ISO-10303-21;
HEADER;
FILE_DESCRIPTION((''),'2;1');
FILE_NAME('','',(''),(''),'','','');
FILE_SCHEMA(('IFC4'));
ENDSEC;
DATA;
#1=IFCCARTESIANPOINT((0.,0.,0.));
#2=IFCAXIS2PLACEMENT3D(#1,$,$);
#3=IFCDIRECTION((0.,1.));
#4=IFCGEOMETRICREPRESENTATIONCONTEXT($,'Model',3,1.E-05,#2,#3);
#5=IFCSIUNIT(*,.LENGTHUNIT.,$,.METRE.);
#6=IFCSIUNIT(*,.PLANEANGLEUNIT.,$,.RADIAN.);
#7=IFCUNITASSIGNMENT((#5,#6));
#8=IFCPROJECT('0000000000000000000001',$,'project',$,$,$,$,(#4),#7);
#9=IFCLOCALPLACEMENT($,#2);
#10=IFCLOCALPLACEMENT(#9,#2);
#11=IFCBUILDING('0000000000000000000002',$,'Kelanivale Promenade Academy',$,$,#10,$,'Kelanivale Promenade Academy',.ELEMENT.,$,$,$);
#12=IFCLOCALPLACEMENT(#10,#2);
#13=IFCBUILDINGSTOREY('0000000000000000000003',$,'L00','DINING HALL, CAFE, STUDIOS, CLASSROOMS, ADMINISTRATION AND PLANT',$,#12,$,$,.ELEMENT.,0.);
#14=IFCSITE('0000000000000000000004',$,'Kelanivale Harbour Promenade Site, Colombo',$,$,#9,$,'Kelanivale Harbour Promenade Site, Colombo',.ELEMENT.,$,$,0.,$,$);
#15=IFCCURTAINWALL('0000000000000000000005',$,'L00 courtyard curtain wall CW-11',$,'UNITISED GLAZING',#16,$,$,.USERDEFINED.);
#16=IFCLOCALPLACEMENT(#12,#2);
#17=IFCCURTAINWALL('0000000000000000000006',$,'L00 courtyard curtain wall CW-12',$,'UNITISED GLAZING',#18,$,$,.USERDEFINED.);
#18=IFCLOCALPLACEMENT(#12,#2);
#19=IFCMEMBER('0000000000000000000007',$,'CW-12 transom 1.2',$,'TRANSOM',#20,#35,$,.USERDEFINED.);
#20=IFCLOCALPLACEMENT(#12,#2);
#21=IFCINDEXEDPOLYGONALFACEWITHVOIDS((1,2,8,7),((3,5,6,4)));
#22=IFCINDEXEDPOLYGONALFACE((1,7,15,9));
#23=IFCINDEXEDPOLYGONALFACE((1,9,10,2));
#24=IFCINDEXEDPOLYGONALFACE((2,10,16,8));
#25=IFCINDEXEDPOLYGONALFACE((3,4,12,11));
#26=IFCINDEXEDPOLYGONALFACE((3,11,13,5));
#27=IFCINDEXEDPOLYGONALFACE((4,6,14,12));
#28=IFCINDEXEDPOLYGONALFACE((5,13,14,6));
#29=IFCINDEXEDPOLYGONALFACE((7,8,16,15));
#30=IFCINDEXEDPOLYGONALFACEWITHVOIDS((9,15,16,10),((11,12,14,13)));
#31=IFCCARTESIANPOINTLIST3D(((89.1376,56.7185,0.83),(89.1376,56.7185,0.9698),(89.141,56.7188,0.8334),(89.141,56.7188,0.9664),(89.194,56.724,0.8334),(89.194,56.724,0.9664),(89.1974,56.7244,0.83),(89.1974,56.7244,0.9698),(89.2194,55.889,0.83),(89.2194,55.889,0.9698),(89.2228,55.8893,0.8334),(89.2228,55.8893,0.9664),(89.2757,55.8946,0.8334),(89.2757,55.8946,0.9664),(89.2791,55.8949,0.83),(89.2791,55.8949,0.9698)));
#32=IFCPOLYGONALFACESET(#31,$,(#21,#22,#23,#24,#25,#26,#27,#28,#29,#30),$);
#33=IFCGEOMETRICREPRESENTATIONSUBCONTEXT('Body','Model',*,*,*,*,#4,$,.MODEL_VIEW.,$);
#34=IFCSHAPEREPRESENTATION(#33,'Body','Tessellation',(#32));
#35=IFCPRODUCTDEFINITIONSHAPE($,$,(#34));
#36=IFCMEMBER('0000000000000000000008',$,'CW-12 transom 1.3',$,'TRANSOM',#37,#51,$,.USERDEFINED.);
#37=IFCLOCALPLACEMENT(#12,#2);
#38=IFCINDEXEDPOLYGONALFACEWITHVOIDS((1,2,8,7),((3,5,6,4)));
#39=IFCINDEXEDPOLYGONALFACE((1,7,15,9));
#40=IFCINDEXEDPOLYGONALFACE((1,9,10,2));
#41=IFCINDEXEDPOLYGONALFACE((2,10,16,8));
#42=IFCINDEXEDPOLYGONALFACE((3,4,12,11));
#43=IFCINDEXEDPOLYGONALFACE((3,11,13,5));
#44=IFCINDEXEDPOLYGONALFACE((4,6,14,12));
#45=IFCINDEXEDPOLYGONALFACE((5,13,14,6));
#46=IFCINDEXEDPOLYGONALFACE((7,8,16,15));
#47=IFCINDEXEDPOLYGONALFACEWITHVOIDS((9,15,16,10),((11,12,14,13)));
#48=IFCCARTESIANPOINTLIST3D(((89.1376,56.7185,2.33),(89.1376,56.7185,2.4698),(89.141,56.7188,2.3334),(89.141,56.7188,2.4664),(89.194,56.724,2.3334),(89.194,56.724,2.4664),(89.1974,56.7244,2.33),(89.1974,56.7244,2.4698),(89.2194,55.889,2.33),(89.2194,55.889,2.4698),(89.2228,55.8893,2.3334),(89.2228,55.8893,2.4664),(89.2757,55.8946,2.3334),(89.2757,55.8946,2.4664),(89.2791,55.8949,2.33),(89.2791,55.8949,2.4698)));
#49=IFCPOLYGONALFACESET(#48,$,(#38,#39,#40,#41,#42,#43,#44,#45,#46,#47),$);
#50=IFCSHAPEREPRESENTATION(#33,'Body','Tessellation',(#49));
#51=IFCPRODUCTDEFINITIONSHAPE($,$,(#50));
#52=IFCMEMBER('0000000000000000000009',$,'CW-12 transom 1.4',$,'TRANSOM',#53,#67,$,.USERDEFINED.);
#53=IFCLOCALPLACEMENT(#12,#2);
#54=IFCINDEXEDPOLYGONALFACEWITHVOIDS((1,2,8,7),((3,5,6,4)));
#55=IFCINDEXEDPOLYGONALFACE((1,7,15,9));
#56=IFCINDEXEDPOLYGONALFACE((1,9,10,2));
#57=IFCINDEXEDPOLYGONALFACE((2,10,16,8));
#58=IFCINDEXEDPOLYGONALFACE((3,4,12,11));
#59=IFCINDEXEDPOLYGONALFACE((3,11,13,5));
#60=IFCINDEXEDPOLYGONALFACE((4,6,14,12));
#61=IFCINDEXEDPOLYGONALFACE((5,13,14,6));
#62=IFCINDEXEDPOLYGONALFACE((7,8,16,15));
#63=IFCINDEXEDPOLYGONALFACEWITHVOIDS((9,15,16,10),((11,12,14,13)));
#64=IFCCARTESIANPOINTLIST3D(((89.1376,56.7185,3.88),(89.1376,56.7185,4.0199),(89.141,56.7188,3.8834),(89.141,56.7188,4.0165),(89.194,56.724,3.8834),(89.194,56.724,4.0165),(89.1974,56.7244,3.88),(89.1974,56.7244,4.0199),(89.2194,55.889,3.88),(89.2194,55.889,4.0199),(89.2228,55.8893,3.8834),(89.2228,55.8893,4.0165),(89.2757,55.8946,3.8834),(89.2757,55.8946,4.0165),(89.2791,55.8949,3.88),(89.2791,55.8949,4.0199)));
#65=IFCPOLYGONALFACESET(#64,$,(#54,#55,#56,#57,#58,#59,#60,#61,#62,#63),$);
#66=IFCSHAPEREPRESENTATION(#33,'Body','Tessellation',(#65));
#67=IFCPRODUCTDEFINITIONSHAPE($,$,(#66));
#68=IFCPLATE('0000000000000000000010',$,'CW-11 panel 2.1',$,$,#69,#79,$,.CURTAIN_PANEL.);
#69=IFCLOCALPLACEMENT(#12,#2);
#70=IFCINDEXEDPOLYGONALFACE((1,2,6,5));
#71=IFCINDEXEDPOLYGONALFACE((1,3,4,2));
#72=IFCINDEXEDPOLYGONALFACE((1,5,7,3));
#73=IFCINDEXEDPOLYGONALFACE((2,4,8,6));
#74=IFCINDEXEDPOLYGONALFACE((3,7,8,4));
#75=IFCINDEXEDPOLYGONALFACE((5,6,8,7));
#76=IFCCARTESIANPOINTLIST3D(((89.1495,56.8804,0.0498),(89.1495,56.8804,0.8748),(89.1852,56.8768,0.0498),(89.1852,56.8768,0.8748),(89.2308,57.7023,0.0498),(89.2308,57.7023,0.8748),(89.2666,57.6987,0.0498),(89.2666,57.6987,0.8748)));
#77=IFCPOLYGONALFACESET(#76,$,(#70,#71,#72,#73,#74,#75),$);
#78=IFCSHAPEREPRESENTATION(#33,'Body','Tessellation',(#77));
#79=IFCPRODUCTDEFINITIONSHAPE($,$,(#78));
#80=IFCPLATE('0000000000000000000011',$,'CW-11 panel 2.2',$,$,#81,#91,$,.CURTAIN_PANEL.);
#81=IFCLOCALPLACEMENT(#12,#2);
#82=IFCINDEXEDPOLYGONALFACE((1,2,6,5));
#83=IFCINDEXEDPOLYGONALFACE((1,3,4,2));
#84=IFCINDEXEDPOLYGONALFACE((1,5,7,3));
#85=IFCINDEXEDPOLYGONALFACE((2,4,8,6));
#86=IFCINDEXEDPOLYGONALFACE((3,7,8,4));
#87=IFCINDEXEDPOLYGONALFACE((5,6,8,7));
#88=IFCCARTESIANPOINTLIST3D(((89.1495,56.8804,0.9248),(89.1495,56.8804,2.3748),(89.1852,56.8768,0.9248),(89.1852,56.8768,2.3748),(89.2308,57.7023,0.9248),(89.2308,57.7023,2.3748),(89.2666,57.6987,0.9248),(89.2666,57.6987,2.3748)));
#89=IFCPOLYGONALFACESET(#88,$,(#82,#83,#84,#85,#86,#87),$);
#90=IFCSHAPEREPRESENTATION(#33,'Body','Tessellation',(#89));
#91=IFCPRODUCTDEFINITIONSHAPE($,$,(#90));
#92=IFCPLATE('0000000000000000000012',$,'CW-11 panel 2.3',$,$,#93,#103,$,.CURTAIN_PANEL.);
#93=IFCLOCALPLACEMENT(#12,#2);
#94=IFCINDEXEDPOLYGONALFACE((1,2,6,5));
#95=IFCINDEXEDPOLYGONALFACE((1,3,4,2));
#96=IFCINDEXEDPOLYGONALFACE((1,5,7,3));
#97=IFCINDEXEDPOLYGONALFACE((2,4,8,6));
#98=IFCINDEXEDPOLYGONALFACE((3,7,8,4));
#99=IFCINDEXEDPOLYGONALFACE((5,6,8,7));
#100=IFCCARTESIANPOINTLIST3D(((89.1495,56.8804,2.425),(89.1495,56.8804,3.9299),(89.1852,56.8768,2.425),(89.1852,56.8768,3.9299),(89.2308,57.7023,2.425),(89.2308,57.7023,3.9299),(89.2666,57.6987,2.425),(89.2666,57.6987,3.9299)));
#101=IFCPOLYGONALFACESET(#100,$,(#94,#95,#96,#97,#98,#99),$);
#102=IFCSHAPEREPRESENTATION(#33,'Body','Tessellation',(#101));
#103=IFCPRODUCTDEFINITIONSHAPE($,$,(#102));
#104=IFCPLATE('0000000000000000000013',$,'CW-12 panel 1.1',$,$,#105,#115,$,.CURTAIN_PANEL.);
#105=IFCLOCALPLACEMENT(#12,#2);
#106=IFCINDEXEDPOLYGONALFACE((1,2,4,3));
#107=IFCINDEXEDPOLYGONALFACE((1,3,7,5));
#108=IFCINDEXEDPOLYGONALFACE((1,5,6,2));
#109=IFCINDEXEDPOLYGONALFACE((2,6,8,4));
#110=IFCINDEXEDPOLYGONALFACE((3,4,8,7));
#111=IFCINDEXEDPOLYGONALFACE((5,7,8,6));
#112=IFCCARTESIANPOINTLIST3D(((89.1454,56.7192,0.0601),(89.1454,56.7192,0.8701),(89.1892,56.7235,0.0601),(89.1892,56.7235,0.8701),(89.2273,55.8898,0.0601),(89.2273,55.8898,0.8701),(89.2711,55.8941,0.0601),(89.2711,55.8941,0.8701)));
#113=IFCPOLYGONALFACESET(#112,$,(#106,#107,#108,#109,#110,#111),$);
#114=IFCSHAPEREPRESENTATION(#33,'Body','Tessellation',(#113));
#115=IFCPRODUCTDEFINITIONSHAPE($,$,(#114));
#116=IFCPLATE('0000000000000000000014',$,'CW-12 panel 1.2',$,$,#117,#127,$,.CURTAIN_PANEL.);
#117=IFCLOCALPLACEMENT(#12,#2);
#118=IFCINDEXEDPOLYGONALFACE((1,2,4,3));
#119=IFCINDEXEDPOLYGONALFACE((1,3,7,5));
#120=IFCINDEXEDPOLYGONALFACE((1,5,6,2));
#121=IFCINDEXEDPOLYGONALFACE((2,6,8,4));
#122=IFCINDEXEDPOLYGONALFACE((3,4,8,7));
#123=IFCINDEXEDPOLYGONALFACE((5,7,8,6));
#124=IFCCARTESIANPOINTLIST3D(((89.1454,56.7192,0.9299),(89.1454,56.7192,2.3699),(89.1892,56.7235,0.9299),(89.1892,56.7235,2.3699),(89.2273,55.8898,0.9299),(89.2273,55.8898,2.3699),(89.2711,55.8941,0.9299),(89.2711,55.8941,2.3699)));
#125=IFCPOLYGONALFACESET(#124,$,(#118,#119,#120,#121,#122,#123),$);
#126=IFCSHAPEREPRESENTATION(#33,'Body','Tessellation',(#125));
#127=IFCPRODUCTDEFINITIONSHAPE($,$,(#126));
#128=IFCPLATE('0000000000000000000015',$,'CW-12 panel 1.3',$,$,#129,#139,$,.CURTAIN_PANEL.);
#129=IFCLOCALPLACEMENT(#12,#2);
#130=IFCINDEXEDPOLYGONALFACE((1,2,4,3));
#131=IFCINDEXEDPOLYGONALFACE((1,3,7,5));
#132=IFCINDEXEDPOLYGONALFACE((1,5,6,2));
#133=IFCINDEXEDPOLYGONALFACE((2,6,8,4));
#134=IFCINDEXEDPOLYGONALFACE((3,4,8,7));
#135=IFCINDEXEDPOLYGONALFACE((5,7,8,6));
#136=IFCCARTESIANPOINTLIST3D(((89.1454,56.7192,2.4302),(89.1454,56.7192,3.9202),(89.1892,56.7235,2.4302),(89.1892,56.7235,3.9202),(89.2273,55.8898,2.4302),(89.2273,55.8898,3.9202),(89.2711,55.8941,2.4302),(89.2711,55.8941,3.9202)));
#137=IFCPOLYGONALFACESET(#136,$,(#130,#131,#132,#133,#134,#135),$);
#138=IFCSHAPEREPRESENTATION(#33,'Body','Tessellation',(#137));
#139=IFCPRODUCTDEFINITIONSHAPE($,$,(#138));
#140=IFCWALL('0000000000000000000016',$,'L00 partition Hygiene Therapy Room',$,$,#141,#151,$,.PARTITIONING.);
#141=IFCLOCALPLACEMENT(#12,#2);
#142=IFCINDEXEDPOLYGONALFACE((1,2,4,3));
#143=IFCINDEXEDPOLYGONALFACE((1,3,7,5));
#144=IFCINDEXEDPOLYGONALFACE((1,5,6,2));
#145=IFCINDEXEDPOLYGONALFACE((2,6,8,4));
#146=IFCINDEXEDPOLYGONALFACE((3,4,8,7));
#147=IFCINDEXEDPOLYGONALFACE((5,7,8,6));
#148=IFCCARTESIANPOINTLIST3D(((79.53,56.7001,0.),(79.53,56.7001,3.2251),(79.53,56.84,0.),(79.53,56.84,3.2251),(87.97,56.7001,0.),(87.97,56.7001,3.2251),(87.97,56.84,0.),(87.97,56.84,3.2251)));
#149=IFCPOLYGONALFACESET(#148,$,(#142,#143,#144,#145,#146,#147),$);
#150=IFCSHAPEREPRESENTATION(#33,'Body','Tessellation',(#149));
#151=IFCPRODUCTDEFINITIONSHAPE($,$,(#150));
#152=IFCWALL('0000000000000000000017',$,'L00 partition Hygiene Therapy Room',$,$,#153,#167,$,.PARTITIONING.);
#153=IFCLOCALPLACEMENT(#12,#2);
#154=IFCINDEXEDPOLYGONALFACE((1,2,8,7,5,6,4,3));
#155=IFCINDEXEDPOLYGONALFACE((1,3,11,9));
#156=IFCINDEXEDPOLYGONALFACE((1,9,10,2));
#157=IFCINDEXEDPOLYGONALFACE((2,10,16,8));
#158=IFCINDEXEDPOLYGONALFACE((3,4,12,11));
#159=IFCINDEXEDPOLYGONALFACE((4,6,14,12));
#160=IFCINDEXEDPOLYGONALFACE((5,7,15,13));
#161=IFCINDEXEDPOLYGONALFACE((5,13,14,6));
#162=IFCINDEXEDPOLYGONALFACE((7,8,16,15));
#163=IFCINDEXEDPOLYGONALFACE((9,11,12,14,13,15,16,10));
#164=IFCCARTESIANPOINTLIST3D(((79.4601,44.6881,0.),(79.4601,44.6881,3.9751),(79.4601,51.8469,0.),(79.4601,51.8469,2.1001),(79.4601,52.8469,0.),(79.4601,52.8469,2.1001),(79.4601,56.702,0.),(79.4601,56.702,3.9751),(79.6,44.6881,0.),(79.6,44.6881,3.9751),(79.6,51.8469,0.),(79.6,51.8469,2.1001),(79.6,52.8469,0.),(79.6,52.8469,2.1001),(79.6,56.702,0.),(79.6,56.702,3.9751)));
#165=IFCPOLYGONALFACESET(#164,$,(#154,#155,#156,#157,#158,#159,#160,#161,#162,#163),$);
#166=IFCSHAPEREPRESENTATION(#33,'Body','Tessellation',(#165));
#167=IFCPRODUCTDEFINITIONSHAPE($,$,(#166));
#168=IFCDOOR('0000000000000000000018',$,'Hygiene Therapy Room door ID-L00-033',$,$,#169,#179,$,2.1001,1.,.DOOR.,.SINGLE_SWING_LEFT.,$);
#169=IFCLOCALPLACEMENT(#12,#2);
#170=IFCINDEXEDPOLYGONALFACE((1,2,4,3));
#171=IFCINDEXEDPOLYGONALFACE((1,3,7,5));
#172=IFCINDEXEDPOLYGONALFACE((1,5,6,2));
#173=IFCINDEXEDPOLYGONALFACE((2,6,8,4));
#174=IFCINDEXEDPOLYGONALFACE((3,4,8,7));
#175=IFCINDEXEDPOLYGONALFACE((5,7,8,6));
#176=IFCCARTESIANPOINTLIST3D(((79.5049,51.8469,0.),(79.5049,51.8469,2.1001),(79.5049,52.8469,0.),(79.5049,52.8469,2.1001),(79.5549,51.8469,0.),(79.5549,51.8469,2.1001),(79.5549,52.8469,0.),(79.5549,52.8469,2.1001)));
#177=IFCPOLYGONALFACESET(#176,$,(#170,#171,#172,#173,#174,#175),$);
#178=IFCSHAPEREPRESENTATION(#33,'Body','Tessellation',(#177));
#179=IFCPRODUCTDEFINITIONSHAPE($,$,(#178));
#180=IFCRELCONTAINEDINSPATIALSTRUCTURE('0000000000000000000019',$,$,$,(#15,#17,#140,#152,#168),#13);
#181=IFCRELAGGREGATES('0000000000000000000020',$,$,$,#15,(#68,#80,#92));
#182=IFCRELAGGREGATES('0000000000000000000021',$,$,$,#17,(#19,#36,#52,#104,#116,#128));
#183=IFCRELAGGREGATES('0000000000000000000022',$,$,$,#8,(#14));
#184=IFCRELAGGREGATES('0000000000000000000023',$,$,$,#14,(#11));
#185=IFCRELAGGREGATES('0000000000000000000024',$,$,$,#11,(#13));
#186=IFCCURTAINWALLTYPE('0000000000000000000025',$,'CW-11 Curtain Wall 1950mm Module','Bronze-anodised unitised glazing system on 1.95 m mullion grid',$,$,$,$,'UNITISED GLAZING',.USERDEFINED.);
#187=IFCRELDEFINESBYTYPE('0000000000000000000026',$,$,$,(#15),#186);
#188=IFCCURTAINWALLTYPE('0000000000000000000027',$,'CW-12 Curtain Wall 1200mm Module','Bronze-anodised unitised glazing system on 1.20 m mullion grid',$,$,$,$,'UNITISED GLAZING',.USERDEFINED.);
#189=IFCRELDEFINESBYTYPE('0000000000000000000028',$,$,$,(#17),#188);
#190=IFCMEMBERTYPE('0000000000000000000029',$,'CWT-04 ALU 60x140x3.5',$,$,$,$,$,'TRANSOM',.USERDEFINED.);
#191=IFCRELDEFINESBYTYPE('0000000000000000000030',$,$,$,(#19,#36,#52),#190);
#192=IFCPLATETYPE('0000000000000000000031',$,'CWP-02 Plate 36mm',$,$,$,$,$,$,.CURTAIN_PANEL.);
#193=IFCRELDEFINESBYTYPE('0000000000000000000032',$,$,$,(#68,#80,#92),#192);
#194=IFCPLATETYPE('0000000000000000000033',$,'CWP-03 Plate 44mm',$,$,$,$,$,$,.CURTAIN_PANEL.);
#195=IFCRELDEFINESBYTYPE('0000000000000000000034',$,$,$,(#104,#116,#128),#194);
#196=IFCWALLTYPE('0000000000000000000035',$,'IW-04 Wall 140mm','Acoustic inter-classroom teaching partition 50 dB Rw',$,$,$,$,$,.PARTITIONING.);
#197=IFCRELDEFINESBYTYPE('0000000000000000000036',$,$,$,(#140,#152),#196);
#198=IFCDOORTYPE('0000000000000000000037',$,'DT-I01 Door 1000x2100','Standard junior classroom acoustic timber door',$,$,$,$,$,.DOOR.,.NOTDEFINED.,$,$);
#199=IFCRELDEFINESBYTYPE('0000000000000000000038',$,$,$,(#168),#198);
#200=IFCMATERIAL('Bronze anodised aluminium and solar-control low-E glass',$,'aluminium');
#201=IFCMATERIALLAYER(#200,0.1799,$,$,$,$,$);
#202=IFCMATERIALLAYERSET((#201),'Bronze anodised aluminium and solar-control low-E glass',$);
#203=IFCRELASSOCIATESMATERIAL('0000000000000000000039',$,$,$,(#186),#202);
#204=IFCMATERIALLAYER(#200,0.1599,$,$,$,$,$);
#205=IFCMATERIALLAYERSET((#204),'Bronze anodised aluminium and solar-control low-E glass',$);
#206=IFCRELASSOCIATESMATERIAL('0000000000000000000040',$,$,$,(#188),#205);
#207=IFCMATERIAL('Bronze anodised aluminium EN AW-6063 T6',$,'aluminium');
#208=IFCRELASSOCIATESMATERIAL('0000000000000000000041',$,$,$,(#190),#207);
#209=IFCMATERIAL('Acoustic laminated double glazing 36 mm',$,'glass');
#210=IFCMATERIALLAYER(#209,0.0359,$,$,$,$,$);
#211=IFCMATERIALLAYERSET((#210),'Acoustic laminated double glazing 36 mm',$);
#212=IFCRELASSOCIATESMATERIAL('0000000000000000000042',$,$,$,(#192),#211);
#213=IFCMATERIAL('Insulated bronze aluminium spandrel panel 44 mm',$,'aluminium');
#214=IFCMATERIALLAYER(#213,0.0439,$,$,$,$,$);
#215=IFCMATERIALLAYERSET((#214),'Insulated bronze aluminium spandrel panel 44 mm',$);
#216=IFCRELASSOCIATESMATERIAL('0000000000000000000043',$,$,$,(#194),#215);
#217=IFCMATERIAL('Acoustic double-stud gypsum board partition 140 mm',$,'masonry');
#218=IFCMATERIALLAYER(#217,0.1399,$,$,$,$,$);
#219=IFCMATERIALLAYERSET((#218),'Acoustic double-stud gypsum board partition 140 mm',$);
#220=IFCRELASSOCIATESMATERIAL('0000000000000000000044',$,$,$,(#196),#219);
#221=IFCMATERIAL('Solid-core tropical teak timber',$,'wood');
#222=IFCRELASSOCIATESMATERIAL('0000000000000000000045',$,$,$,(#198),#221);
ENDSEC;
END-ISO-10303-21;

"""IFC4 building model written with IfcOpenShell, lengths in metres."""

from ifc_helpers import new_model, si_unit, direction, frame, frame_2d, origin, origin_2d, place, context, subcontext, project, spatial, rectangle, hollow_rectangle, extrude, material, layer, layer_set, material_profile, profile_set, type_object, element, fill, aggregate, save


model = new_model("IFC4")

# Units and contexts
model_context = context("Model", 3, precision=1e-05, world=origin(), true_north=direction((0.0, 1.0)))
body_context = subcontext(model_context, "Body", "Model", "MODEL_VIEW")
ifc_project = project(units=[si_unit("LENGTHUNIT", "METRE"), si_unit("PLANEANGLEUNIT", "RADIAN")], contexts=[model_context])

# Site, building, storey
site_placement = place(None, origin())
site = spatial("IfcSite", under=ifc_project, at=site_placement, Name="Kelanivale Harbour Promenade Site, Colombo", LongName="Kelanivale Harbour Promenade Site, Colombo", CompositionType="ELEMENT", RefElevation=0.0)
building_placement = place(site_placement, origin())
building = spatial("IfcBuilding", under=site, at=building_placement, Name="Kelanivale Promenade Academy", LongName="Kelanivale Promenade Academy", CompositionType="ELEMENT")
storey_placement = place(building_placement, origin())
storey = spatial("IfcBuildingStorey", under=building, at=storey_placement, Name="L00", Description="DINING HALL, CAFE, STUDIOS, CLASSROOMS, ADMINISTRATION AND PLANT", CompositionType="ELEMENT", Elevation=0.0)

# Curtain wall
ifc_material_1 = material(Name="Bronze anodised aluminium and solar-control low-E glass", Category="aluminium")
ifc_layer_1 = layer(ifc_material_1, 0.1799)
ifc_layer_set_1 = layer_set([ifc_layer_1], Name="Bronze anodised aluminium and solar-control low-E glass")
curtain_wall_type_1 = type_object("IfcCurtainWallType", Name="CW-11 Curtain Wall 1950mm Module", Description="Bronze-anodised unitised glazing system on 1.95 m mullion grid", ElementType="UNITISED GLAZING", PredefinedType="USERDEFINED", material=ifc_layer_set_1)
curtain_wall_1_placement = place(storey_placement, origin())
curtain_wall_1 = element("IfcCurtainWall", 1, at=curtain_wall_1_placement, inside=storey, type_object=curtain_wall_type_1, Name="L00 courtyard curtain wall CW-11", ObjectType="UNITISED GLAZING", PredefinedType="USERDEFINED")
ifc_material_2 = material(Name="Bronze anodised aluminium EN AW-6063 T6", Category="aluminium")

# Curtain wall, members
ifc_layer_2 = layer(ifc_material_1, 0.1599)
ifc_layer_set_2 = layer_set([ifc_layer_2], Name="Bronze anodised aluminium and solar-control low-E glass")
curtain_wall_type_2 = type_object("IfcCurtainWallType", Name="CW-12 Curtain Wall 1200mm Module", Description="Bronze-anodised unitised glazing system on 1.20 m mullion grid", ElementType="UNITISED GLAZING", PredefinedType="USERDEFINED", material=ifc_layer_set_2)
curtain_wall_2_placement = place(storey_placement, origin())
curtain_wall_2 = element("IfcCurtainWall", 2, at=curtain_wall_2_placement, inside=storey, type_object=curtain_wall_type_2, Name="L00 courtyard curtain wall CW-12", ObjectType="UNITISED GLAZING", PredefinedType="USERDEFINED")
ifc_material_profile_1 = material_profile(ifc_material_2, hollow_rectangle(XDim=0.0601, YDim=0.1399, WallThickness=0.0034, at=origin_2d()), Name="ALU 60x140x3.5")
ifc_profile_set_1 = profile_set([ifc_material_profile_1], Name="Bronze anodised aluminium EN AW-6063 T6")
member_type_1 = type_object("IfcMemberType", Name="CWT-04 ALU 60x140x3.5", ElementType="TRANSOM", PredefinedType="USERDEFINED", material=ifc_profile_set_1)
member_1_placement = place(storey_placement, frame((89.1675, 56.7214, 0.8999), z_axis=(0.098112, -0.995175, 0.0), x_axis=(0.995175, 0.098112, 0.0)))
member_1 = element("IfcMember", 3, at=member_1_placement, type_object=member_type_1, Name="CW-12 transom 1.2", ObjectType="TRANSOM", PredefinedType="USERDEFINED", context=body_context, shape_type="SweptSolid", body=[
    extrude(hollow_rectangle(XDim=0.0601, YDim=0.1399, WallThickness=0.0034, at=origin_2d()), origin(), (0.0, 0.0, 1.0), 0.8335),
])
member_2_placement = place(storey_placement, frame((89.1675, 56.7214, 2.3999), z_axis=(0.098112, -0.995175, 0.0), x_axis=(0.995175, 0.098112, 0.0)))
member_2 = element("IfcMember", 4, at=member_2_placement, type_object=member_type_1, Name="CW-12 transom 1.3", ObjectType="TRANSOM", PredefinedType="USERDEFINED", context=body_context, shape_type="SweptSolid", body=[
    extrude(hollow_rectangle(XDim=0.0601, YDim=0.1399, WallThickness=0.0034, at=origin_2d()), origin(), (0.0, 0.0, 1.0), 0.8335),
])
member_3_placement = place(storey_placement, frame((89.1675, 56.7214, 3.95), z_axis=(0.098112, -0.995175, 0.0), x_axis=(0.995175, 0.098112, 0.0)))
member_3 = element("IfcMember", 5, at=member_3_placement, type_object=member_type_1, Name="CW-12 transom 1.4", ObjectType="TRANSOM", PredefinedType="USERDEFINED", context=body_context, shape_type="SweptSolid", body=[
    extrude(hollow_rectangle(XDim=0.0601, YDim=0.1399, WallThickness=0.0034, at=origin_2d()), origin(), (0.0, 0.0, 1.0), 0.8335),
])

# Plates
ifc_material_3 = material(Name="Acoustic laminated double glazing 36 mm", Category="glass")
ifc_layer_3 = layer(ifc_material_3, 0.0359)
ifc_layer_set_3 = layer_set([ifc_layer_3], Name="Acoustic laminated double glazing 36 mm")
plate_type_1 = type_object("IfcPlateType", Name="CWP-02 Plate 36mm", PredefinedType="CURTAIN_PANEL", material=ifc_layer_set_3)
plate_1_placement = place(storey_placement, frame((89.208, 57.2896, 0.0498), z_axis=(0.0, 0.0, 1.0), x_axis=(-0.098539, -0.995133, 0.0)))
plate_1 = element("IfcPlate", 6, at=plate_1_placement, type_object=plate_type_1, Name="CW-11 panel 2.1", PredefinedType="CURTAIN_PANEL", context=body_context, shape_type="SweptSolid", body=[
    extrude(rectangle(XDim=0.8259, YDim=0.0359, at=origin_2d()), origin(), (0.0, 0.0, 1.0), 0.825),
])
plate_2_placement = place(storey_placement, frame((89.208, 57.2896, 0.9248), z_axis=(0.0, 0.0, 1.0), x_axis=(-0.098539, -0.995133, 0.0)))
plate_2 = element("IfcPlate", 7, at=plate_2_placement, type_object=plate_type_1, Name="CW-11 panel 2.2", PredefinedType="CURTAIN_PANEL", context=body_context, shape_type="SweptSolid", body=[
    extrude(rectangle(XDim=0.8259, YDim=0.0359, at=origin_2d()), origin(), (0.0, 0.0, 1.0), 1.45),
])
plate_3_placement = place(storey_placement, frame((89.208, 57.2896, 2.425), z_axis=(0.0, 0.0, 1.0), x_axis=(-0.098539, -0.995133, 0.0)))
plate_3 = element("IfcPlate", 8, at=plate_3_placement, type_object=plate_type_1, Name="CW-11 panel 2.3", PredefinedType="CURTAIN_PANEL", context=body_context, shape_type="SweptSolid", body=[
    extrude(rectangle(XDim=0.8259, YDim=0.0359, at=origin_2d()), origin(), (0.0, 0.0, 1.0), 1.5049),
])
aggregate(curtain_wall_1, [plate_1, plate_2, plate_3])
ifc_material_4 = material(Name="Insulated bronze aluminium spandrel panel 44 mm", Category="aluminium")
ifc_layer_4 = layer(ifc_material_4, 0.0439)
ifc_layer_set_4 = layer_set([ifc_layer_4], Name="Insulated bronze aluminium spandrel panel 44 mm")
plate_type_2 = type_object("IfcPlateType", Name="CWP-03 Plate 44mm", PredefinedType="CURTAIN_PANEL", material=ifc_layer_set_4)
plate_4_placement = place(storey_placement, frame((89.2083, 56.3066, 0.0601), z_axis=(0.0, 0.0, 1.0), x_axis=(0.098281, -0.995159, 0.0)))
plate_4 = element("IfcPlate", 9, at=plate_4_placement, type_object=plate_type_2, Name="CW-12 panel 1.1", PredefinedType="CURTAIN_PANEL", context=body_context, shape_type="SweptSolid", body=[
    extrude(rectangle(XDim=0.8335, YDim=0.0439, at=origin_2d()), origin(), (0.0, 0.0, 1.0), 0.8101),
])
plate_5_placement = place(storey_placement, frame((89.2083, 56.3066, 0.9299), z_axis=(0.0, 0.0, 1.0), x_axis=(0.098281, -0.995159, 0.0)))
plate_5 = element("IfcPlate", 10, at=plate_5_placement, type_object=plate_type_2, Name="CW-12 panel 1.2", PredefinedType="CURTAIN_PANEL", context=body_context, shape_type="SweptSolid", body=[
    extrude(rectangle(XDim=0.8335, YDim=0.0439, at=origin_2d()), origin(), (0.0, 0.0, 1.0), 1.4399),
])
plate_6_placement = place(storey_placement, frame((89.2083, 56.3066, 2.4302), z_axis=(0.0, 0.0, 1.0), x_axis=(0.098281, -0.995159, 0.0)))
plate_6 = element("IfcPlate", 11, at=plate_6_placement, type_object=plate_type_2, Name="CW-12 panel 1.3", PredefinedType="CURTAIN_PANEL", context=body_context, shape_type="SweptSolid", body=[
    extrude(rectangle(XDim=0.8335, YDim=0.0439, at=origin_2d()), origin(), (0.0, 0.0, 1.0), 1.49),
])
aggregate(curtain_wall_2, [member_1, member_2, member_3, plate_4, plate_5, plate_6])

# Wall
ifc_material_5 = material(Name="Acoustic double-stud gypsum board partition 140 mm", Category="masonry")
ifc_layer_5 = layer(ifc_material_5, 0.1399)
ifc_layer_set_5 = layer_set([ifc_layer_5], Name="Acoustic double-stud gypsum board partition 140 mm")
wall_type = type_object("IfcWallType", Name="IW-04 Wall 140mm", Description="Acoustic inter-classroom teaching partition 50 dB Rw", PredefinedType="PARTITIONING", material=ifc_layer_set_5)
wall_1_placement = place(storey_placement, frame((87.97, 56.77, 0.0), z_axis=(0.0, 0.0, 1.0), x_axis=(-1.0, 0.0, 0.0)))
element("IfcWall", 12, at=wall_1_placement, inside=storey, type_object=wall_type, Name="L00 partition Hygiene Therapy Room", PredefinedType="PARTITIONING", context=body_context, shape_type="SweptSolid", body=[
    extrude(rectangle(XDim=8.4399, YDim=0.1399, at=frame_2d((4.22, 0.0))), origin(), (0.0, 0.0, 1.0), 3.2251),
])

# Wall, opening, door
wall_2_placement = place(storey_placement, frame((79.53, 56.7019, 0.0), z_axis=(0.0, 0.0, 1.0), x_axis=(0.0, -1.0, 0.0)))
wall_2 = element("IfcWall", 13, at=wall_2_placement, inside=storey, type_object=wall_type, Name="L00 partition Hygiene Therapy Room", PredefinedType="PARTITIONING", context=body_context, shape_type="SweptSolid", body=[
    extrude(rectangle(XDim=12.0139, YDim=0.1399, at=frame_2d((6.0068, 0.0))), origin(), (0.0, 0.0, 1.0), 3.9751),
])
opening_placement = place(wall_2_placement, frame((3.855, 0.0, 0.0)))
opening = element("IfcOpeningElement", 14, at=opening_placement, cuts=wall_2, PredefinedType="OPENING", context=body_context, shape_type="SweptSolid", body=[
    extrude(rectangle(XDim=1.0, YDim=2.1001, at=frame_2d((0.5, 1.05))), frame((0.0, 0.0801, 0.0), z_axis=(0.0, -1.0, 0.0), x_axis=(1.0, 0.0, 0.0)), (0.0, 0.0, 1.0), 0.1599),
])
ifc_material_6 = material(Name="Solid-core tropical teak timber", Category="wood")
door_type = type_object("IfcDoorType", Name="DT-I01 Door 1000x2100", Description="Standard junior classroom acoustic timber door", OperationType="NOTDEFINED", PredefinedType="DOOR", material=ifc_material_6)
door_placement = place(opening_placement, origin())
door = element("IfcDoor", 15, at=door_placement, inside=storey, type_object=door_type, Name="Hygiene Therapy Room door ID-L00-033", OperationType="SINGLE_SWING_LEFT", OverallHeight=2.1001, OverallWidth=1.0, PredefinedType="DOOR", context=body_context, shape_type="SweptSolid", body=[
    extrude(rectangle(XDim=1.0, YDim=2.1001, at=frame_2d((0.5, 1.05))), frame((0.0, 0.0249, 0.0), z_axis=(0.0, -1.0, 0.0), x_axis=(1.0, 0.0, 0.0)), (0.0, 0.0, 1.0), 0.05),
])
fill(opening, door)

save(model, "model.ifc")
